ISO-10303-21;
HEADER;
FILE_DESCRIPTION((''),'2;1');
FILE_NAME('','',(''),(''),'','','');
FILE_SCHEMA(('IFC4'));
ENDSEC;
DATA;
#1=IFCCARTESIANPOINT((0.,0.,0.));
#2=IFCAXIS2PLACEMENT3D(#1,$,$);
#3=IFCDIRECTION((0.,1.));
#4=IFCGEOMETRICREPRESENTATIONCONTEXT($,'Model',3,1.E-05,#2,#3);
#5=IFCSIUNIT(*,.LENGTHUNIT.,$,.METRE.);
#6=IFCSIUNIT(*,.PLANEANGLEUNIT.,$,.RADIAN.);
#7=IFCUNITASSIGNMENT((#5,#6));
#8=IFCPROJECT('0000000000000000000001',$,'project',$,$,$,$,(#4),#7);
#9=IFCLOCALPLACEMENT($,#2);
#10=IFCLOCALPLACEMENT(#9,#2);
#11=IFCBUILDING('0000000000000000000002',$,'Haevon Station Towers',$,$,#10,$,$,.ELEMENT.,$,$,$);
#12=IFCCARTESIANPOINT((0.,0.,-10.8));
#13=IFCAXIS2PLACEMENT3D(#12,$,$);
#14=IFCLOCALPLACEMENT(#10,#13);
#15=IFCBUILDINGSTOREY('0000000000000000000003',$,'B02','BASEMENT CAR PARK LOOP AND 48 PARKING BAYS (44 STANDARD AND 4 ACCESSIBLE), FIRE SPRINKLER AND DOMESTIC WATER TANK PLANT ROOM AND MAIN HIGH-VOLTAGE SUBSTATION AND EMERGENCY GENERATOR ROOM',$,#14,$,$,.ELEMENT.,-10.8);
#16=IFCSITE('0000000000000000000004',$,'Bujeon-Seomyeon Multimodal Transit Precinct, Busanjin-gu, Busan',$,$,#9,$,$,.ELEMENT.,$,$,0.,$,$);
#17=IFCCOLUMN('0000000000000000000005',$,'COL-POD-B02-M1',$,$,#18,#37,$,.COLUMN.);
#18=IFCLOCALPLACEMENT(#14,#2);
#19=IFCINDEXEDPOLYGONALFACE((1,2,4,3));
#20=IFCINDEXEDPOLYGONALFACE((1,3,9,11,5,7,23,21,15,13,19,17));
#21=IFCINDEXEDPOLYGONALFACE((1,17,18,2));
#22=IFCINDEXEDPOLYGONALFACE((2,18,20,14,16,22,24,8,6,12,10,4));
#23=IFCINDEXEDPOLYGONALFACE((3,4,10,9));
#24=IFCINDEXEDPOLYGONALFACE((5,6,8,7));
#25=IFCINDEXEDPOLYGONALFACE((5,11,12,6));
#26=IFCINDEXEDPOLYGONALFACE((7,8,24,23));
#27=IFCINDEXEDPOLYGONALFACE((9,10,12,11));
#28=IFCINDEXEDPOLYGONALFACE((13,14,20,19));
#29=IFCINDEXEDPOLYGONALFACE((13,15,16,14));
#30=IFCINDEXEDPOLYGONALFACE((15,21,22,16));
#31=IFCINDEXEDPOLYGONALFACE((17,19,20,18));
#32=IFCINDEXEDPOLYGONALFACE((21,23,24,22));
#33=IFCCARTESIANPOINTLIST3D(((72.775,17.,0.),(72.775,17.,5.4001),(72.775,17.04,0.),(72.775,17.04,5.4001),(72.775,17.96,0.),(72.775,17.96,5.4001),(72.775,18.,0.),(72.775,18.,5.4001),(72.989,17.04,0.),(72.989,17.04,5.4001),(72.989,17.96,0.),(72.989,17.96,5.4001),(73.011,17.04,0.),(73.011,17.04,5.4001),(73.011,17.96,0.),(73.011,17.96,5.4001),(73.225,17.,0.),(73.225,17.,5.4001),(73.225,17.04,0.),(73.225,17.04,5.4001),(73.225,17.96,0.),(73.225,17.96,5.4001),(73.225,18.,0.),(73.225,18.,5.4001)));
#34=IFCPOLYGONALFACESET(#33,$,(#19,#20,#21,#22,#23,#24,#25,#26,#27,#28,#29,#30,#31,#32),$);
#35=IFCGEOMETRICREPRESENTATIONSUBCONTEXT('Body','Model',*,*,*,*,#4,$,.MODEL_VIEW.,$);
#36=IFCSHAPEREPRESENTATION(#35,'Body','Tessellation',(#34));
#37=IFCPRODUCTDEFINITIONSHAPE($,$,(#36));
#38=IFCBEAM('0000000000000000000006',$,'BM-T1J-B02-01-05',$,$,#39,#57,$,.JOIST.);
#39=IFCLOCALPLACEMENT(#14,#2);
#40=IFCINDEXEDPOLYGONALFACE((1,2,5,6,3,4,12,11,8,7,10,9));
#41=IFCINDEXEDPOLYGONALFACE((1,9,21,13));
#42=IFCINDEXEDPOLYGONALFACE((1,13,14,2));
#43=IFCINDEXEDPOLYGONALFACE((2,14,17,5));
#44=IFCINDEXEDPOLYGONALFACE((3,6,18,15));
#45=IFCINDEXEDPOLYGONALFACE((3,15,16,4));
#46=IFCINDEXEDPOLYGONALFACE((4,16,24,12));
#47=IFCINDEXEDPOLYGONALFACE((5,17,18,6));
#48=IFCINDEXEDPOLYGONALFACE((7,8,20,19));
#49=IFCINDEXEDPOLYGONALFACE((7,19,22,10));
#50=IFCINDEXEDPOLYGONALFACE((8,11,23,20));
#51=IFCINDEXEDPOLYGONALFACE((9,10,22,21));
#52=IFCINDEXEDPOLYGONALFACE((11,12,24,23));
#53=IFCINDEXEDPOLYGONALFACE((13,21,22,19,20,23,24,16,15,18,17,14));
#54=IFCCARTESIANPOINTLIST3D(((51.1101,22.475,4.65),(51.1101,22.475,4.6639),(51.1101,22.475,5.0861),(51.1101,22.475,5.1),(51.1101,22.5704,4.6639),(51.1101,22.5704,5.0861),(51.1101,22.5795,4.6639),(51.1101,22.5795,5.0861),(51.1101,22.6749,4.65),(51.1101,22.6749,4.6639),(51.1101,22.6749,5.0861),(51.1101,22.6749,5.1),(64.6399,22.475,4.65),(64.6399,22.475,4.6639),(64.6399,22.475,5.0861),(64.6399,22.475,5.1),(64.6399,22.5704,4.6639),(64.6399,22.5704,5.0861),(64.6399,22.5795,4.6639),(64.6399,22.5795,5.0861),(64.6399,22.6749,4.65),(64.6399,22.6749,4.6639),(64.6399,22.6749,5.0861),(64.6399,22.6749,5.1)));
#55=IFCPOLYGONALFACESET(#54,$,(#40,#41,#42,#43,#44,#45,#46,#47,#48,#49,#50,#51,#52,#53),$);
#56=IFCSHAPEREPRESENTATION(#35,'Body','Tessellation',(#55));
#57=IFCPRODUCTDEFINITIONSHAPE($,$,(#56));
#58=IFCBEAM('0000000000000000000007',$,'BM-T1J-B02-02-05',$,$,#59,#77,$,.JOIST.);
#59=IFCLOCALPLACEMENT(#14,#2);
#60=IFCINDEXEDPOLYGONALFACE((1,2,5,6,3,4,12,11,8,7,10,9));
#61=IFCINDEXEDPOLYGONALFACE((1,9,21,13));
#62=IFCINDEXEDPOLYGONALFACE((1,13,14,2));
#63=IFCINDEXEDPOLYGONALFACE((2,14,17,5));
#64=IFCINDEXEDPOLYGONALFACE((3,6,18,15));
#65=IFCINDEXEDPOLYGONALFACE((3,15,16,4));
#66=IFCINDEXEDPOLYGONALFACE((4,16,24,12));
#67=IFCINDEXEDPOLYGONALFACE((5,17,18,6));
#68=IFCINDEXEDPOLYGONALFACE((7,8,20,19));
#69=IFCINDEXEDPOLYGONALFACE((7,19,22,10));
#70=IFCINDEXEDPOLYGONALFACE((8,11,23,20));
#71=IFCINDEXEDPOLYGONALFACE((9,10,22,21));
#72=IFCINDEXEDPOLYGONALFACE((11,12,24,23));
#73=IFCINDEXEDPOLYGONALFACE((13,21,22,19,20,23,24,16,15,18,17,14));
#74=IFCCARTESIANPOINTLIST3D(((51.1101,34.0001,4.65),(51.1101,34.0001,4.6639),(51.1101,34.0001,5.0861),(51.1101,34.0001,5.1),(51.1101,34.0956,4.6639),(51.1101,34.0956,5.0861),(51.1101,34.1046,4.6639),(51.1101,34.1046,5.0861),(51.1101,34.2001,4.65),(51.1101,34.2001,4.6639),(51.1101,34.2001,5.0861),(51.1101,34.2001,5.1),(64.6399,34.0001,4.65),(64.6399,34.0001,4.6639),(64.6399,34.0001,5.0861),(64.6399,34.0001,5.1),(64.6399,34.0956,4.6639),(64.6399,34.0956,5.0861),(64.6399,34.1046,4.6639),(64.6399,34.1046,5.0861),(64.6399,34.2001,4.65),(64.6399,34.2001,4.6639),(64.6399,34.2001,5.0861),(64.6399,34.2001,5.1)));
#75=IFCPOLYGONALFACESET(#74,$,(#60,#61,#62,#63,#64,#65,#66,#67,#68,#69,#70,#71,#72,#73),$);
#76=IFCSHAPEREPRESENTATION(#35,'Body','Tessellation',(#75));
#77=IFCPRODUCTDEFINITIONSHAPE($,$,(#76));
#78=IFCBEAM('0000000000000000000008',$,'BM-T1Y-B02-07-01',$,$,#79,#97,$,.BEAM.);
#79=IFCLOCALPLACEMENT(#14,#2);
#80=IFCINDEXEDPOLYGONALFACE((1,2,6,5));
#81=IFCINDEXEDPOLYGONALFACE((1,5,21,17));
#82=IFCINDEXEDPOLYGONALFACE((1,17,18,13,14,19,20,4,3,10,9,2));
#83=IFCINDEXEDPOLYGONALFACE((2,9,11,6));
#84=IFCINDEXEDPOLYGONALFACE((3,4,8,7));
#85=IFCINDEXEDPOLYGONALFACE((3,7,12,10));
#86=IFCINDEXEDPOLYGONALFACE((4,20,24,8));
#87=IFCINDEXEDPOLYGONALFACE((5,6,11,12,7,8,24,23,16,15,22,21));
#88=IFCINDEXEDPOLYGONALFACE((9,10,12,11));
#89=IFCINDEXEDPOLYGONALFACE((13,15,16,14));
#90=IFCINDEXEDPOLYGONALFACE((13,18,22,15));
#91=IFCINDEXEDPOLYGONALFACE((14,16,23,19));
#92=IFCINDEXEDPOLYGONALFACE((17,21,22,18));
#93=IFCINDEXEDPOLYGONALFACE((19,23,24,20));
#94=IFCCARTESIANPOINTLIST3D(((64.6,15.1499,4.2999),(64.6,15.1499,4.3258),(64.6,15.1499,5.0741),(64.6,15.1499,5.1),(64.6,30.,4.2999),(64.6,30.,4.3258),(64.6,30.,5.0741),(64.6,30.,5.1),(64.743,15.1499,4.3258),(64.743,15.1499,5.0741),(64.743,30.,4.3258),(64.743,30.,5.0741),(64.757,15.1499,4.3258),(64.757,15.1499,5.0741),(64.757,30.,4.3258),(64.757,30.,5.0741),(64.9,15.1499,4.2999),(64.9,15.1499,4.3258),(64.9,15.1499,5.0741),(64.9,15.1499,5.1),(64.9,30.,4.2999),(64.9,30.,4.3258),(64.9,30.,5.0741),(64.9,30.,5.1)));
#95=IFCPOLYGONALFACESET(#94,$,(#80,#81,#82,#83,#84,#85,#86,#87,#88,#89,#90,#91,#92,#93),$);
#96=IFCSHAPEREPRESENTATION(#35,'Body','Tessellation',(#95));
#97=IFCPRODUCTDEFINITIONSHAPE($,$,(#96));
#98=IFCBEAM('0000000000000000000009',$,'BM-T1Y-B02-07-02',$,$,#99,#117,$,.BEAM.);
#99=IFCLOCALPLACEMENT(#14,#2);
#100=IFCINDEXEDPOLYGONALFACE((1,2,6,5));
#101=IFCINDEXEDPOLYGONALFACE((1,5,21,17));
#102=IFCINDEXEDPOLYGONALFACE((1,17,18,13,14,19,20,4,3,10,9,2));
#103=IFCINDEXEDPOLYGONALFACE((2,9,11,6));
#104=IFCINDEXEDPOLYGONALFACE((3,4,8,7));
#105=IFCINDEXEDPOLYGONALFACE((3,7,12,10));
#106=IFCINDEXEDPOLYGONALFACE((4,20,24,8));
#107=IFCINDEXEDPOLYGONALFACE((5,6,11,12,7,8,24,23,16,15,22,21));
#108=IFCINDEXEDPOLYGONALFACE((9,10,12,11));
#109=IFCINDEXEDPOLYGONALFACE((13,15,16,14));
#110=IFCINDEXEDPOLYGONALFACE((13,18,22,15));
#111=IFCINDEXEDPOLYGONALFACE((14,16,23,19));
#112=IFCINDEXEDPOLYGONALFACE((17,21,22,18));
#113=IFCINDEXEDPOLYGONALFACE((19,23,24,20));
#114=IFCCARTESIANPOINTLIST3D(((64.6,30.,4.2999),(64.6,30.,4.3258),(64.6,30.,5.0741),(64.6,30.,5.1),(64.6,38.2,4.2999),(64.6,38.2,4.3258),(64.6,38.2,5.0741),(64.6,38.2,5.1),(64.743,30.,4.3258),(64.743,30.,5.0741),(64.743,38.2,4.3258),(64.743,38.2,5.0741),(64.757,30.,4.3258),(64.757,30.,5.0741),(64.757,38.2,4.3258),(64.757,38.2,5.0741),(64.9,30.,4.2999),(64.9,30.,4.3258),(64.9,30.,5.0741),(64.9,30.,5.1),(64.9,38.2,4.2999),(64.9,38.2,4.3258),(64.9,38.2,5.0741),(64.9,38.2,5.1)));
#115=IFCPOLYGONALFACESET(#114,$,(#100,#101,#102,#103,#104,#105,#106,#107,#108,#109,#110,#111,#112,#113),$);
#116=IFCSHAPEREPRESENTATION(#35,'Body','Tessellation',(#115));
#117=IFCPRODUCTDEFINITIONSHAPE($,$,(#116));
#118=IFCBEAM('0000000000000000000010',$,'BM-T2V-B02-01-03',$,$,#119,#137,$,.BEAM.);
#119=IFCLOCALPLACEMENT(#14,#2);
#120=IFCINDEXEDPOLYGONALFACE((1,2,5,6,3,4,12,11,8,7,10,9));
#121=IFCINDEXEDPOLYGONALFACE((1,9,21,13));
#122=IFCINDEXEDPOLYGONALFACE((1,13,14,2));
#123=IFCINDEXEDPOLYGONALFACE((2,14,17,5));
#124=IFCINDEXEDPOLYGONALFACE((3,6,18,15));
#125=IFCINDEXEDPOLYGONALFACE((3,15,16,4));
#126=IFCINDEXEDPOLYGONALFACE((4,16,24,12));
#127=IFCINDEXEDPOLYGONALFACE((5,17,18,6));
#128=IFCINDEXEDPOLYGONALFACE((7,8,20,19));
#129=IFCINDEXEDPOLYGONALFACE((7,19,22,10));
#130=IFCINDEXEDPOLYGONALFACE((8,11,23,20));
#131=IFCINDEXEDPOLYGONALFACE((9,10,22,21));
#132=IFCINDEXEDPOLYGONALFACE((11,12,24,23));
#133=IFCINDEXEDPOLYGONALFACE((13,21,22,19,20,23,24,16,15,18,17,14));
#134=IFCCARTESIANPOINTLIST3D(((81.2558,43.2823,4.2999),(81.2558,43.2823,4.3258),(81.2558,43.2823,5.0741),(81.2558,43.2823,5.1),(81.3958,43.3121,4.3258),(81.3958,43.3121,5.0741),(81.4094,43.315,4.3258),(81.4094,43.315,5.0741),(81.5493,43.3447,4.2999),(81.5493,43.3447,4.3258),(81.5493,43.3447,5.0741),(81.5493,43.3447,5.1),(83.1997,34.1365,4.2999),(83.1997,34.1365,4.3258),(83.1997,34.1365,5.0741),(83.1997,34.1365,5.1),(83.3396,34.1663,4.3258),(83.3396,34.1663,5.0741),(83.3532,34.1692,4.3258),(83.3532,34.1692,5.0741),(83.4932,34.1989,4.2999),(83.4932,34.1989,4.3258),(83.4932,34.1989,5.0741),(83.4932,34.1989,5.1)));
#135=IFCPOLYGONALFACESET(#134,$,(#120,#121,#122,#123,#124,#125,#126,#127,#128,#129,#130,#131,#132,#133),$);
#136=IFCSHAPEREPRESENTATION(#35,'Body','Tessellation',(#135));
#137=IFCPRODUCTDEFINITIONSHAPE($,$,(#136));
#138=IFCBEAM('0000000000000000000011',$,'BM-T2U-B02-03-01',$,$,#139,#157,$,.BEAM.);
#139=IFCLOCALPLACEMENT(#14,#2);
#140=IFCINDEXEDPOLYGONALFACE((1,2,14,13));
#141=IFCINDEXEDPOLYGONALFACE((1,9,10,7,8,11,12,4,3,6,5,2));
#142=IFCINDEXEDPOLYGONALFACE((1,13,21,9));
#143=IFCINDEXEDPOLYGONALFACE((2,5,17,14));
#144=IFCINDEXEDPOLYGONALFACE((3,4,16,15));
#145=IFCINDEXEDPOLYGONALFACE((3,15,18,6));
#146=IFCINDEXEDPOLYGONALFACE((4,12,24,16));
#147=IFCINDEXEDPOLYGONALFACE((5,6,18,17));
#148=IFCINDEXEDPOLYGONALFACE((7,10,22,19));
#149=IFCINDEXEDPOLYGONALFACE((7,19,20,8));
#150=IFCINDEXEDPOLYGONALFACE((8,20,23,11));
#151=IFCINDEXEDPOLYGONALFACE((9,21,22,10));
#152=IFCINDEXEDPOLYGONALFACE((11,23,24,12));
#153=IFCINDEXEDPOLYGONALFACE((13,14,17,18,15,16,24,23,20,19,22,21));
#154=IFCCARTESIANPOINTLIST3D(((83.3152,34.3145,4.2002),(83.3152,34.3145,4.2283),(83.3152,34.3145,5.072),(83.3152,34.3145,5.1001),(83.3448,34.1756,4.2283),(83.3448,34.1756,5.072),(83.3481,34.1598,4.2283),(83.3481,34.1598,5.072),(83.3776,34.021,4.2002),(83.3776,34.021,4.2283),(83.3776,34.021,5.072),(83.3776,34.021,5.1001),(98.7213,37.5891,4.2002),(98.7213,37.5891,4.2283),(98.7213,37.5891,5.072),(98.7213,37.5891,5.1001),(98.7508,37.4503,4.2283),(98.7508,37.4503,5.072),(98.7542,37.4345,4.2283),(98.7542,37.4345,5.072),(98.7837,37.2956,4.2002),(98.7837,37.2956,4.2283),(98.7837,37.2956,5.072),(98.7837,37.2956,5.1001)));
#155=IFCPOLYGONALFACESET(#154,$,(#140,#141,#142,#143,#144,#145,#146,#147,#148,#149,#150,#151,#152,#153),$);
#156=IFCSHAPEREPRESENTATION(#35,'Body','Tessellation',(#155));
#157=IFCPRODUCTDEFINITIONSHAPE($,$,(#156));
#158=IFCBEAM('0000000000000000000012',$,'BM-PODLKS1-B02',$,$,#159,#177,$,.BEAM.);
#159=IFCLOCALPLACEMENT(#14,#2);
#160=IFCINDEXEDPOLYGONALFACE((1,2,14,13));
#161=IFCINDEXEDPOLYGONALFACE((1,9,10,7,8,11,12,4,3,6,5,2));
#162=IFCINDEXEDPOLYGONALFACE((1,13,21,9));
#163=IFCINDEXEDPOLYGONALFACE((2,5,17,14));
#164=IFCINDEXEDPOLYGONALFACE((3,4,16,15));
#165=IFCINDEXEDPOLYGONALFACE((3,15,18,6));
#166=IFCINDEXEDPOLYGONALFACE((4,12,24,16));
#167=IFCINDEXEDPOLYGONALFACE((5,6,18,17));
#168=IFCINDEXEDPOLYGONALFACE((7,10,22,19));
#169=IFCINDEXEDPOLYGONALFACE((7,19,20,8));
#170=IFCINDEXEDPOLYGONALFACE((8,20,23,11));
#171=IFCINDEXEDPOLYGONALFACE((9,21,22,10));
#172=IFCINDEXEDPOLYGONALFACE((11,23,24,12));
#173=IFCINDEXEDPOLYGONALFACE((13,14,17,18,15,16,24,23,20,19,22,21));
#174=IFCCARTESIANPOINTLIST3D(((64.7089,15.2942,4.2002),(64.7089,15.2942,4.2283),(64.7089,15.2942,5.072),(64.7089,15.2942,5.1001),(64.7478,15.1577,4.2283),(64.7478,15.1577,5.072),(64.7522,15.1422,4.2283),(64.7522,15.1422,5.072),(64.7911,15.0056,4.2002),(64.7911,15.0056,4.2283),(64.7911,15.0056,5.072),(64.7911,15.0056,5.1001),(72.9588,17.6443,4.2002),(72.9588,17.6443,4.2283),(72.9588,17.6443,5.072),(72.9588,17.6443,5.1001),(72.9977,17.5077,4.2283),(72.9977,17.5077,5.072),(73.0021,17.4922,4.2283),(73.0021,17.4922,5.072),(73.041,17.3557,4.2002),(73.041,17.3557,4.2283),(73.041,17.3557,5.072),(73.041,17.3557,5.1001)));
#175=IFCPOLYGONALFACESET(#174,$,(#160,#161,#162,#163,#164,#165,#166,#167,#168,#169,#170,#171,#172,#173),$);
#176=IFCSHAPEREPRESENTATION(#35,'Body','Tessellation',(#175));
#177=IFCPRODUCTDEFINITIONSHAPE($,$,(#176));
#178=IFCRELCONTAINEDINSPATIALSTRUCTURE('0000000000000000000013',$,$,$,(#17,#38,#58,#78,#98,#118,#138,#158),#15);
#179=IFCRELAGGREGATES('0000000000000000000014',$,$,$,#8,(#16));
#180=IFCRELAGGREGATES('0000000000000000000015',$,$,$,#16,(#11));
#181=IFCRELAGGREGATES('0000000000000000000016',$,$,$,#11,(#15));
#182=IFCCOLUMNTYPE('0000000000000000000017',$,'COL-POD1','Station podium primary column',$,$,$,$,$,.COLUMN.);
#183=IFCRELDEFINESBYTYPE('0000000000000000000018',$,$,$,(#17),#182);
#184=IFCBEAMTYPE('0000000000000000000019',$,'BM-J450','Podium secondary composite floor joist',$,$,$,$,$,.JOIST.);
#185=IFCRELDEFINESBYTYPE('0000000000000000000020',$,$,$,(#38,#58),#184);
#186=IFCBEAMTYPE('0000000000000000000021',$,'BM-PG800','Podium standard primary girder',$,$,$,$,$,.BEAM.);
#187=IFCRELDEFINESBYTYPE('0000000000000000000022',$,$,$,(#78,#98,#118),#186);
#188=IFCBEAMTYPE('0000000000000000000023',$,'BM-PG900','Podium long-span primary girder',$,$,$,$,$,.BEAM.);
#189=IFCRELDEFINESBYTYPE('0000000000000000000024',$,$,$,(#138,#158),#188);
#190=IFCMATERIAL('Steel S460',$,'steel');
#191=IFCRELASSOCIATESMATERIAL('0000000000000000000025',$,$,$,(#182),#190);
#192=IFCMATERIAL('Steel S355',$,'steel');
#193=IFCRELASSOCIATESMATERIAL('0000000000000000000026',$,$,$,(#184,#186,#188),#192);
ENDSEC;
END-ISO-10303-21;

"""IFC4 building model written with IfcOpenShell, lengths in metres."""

from ifc_helpers import new_model, si_unit, direction, frame, origin, origin_2d, place, context, subcontext, project, spatial, i_section, extrude, material, material_profile, profile_set, type_object, element, save


model = new_model("IFC4")

# Units and contexts
model_context = context("Model", 3, precision=1e-05, world=origin(), true_north=direction((0.0, 1.0)))
body_context = subcontext(model_context, "Body", "Model", "MODEL_VIEW")
ifc_project = project(units=[si_unit("LENGTHUNIT", "METRE"), si_unit("PLANEANGLEUNIT", "RADIAN")], contexts=[model_context])

# Site, building, storey
site_placement = place(None, origin())
site = spatial("IfcSite", under=ifc_project, at=site_placement, Name="Bujeon-Seomyeon Multimodal Transit Precinct, Busanjin-gu, Busan", CompositionType="ELEMENT", RefElevation=0.0)
building_placement = place(site_placement, origin())
building = spatial("IfcBuilding", under=site, at=building_placement, Name="Haevon Station Towers", CompositionType="ELEMENT")
storey_placement = place(building_placement, frame((0.0, 0.0, -10.8)))
storey = spatial("IfcBuildingStorey", under=building, at=storey_placement, Name="B02", Description="BASEMENT CAR PARK LOOP AND 48 PARKING BAYS (44 STANDARD AND 4 ACCESSIBLE), FIRE SPRINKLER AND DOMESTIC WATER TANK PLANT ROOM AND MAIN HIGH-VOLTAGE SUBSTATION AND EMERGENCY GENERATOR ROOM", CompositionType="ELEMENT", Elevation=-10.8)

# Column
ifc_material_1 = material(Name="Steel S460", Category="steel")
ifc_material_profile_1 = material_profile(ifc_material_1, i_section(OverallWidth=0.45, OverallDepth=1.0, WebThickness=0.022, FlangeThickness=0.04, at=origin_2d()), Name="H-1000x450x22x40")
ifc_profile_set_1 = profile_set([ifc_material_profile_1], Name="Steel S460")
column_type_1 = type_object("IfcColumnType", Name="COL-POD1", Description="Station podium primary column", PredefinedType="COLUMN", material=ifc_profile_set_1)
for number, where, z_axis, x_axis, name in (
    (1, (73.0, 17.5, 0.0), (0.0, 0.0, 1.0), (1.0, 0.0, 0.0), "COL-POD-B02-M1"),
):
    element("IfcColumn", number, at=place(storey_placement, frame(where, z_axis=z_axis, x_axis=x_axis)), inside=storey, type_object=column_type_1, Name=name, PredefinedType="COLUMN", context=body_context, shape_type="SweptSolid", body=[
        extrude(i_section(OverallWidth=0.45, OverallDepth=1.0, WebThickness=0.022, FlangeThickness=0.04, at=origin_2d()), origin(), (0.0, 0.0, 1.0), 5.4001),
    ])

# Beams
ifc_material_2 = material(Name="Steel S355", Category="steel")
ifc_material_profile_2 = material_profile(ifc_material_2, i_section(OverallWidth=0.2, OverallDepth=0.45, WebThickness=0.009, FlangeThickness=0.0139, at=origin_2d()), Name="H-450x200x9x14")
ifc_profile_set_2 = profile_set([ifc_material_profile_2], Name="Steel S355")
beam_type_1 = type_object("IfcBeamType", Name="BM-J450", Description="Podium secondary composite floor joist", PredefinedType="JOIST", material=ifc_profile_set_2)
for number, where, z_axis, x_axis, name in (
    (2, (51.1101, 22.575, 4.875), (1.0, 0.0, 0.0), (0.0, 1.0, 0.0), "BM-T1J-B02-01-05"),
    (3, (51.1101, 34.1001, 4.875), (1.0, 0.0, 0.0), (0.0, 1.0, 0.0), "BM-T1J-B02-02-05"),
):
    element("IfcBeam", number, at=place(storey_placement, frame(where, z_axis=z_axis, x_axis=x_axis)), inside=storey, type_object=beam_type_1, Name=name, PredefinedType="JOIST", context=body_context, shape_type="SweptSolid", body=[
        extrude(i_section(OverallWidth=0.2, OverallDepth=0.45, WebThickness=0.009, FlangeThickness=0.0139, at=origin_2d()), origin(), (0.0, 0.0, 1.0), 13.5298),
    ])
ifc_material_profile_3 = material_profile(ifc_material_2, i_section(OverallWidth=0.3, OverallDepth=0.8, WebThickness=0.0139, FlangeThickness=0.0259, at=origin_2d()), Name="H-800x300x14x26")
ifc_profile_set_3 = profile_set([ifc_material_profile_3], Name="Steel S355")
beam_type_2 = type_object("IfcBeamType", Name="BM-PG800", Description="Podium standard primary girder", PredefinedType="BEAM", material=ifc_profile_set_3)
beam_1_placement = place(storey_placement, frame((64.75, 15.1499, 4.7), z_axis=(0.0, 1.0, 0.0), x_axis=(-1.0, 0.0, 0.0)))
element("IfcBeam", 4, at=beam_1_placement, inside=storey, type_object=beam_type_2, Name="BM-T1Y-B02-07-01", PredefinedType="BEAM", context=body_context, shape_type="SweptSolid", body=[
    extrude(i_section(OverallWidth=0.3, OverallDepth=0.8, WebThickness=0.0139, FlangeThickness=0.0259, at=origin_2d()), origin(), (0.0, 0.0, 1.0), 14.8501),
])
beam_2_placement = place(storey_placement, frame((64.75, 30.0, 4.7), z_axis=(0.0, 1.0, 0.0), x_axis=(-1.0, 0.0, 0.0)))
element("IfcBeam", 5, at=beam_2_placement, inside=storey, type_object=beam_type_2, Name="BM-T1Y-B02-07-02", PredefinedType="BEAM", context=body_context, shape_type="SweptSolid", body=[
    extrude(i_section(OverallWidth=0.3, OverallDepth=0.8, WebThickness=0.0139, FlangeThickness=0.0259, at=origin_2d()), origin(), (0.0, 0.0, 1.0), 8.2),
])
beam_3_placement = place(storey_placement, frame((83.3464, 34.1677, 4.7), z_axis=(-0.207897, 0.978151, 0.0), x_axis=(-0.978151, -0.207897, 0.0)))
element("IfcBeam", 6, at=beam_3_placement, inside=storey, type_object=beam_type_2, Name="BM-T2V-B02-01-03", PredefinedType="BEAM", context=body_context, shape_type="SweptSolid", body=[
    extrude(i_section(OverallWidth=0.3, OverallDepth=0.8, WebThickness=0.0139, FlangeThickness=0.0259, at=origin_2d()), origin(), (0.0, 0.0, 1.0), 9.3501),
])
ifc_material_profile_4 = material_profile(ifc_material_2, i_section(OverallWidth=0.3, OverallDepth=0.8999, WebThickness=0.0161, FlangeThickness=0.0281, at=origin_2d()), Name="H-900x300x16x28")
ifc_profile_set_4 = profile_set([ifc_material_profile_4], Name="Steel S355")
beam_type_3 = type_object("IfcBeamType", Name="BM-PG900", Description="Podium long-span primary girder", PredefinedType="BEAM", material=ifc_profile_set_4)
beam_4_placement = place(storey_placement, frame((83.3464, 34.1677, 4.6501), z_axis=(0.978147, 0.207912, 0.0), x_axis=(-0.207912, 0.978147, 0.0)))
element("IfcBeam", 7, at=beam_4_placement, inside=storey, type_object=beam_type_3, Name="BM-T2U-B02-03-01", PredefinedType="BEAM", context=body_context, shape_type="SweptSolid", body=[
    extrude(i_section(OverallWidth=0.3, OverallDepth=0.8999, WebThickness=0.0161, FlangeThickness=0.0281, at=origin_2d()), origin(), (0.0, 0.0, 1.0), 15.7502),
])
beam_5_placement = place(storey_placement, frame((64.75, 15.1499, 4.6501), z_axis=(0.961741, 0.273962, 0.0), x_axis=(-0.273962, 0.961741, 0.0)))
element("IfcBeam", 8, at=beam_5_placement, inside=storey, type_object=beam_type_3, Name="BM-PODLKS1-B02", PredefinedType="BEAM", context=body_context, shape_type="SweptSolid", body=[
    extrude(i_section(OverallWidth=0.3, OverallDepth=0.8999, WebThickness=0.0161, FlangeThickness=0.0281, at=origin_2d()), origin(), (0.0, 0.0, 1.0), 8.5781),
])

save(model, "model.ifc")
